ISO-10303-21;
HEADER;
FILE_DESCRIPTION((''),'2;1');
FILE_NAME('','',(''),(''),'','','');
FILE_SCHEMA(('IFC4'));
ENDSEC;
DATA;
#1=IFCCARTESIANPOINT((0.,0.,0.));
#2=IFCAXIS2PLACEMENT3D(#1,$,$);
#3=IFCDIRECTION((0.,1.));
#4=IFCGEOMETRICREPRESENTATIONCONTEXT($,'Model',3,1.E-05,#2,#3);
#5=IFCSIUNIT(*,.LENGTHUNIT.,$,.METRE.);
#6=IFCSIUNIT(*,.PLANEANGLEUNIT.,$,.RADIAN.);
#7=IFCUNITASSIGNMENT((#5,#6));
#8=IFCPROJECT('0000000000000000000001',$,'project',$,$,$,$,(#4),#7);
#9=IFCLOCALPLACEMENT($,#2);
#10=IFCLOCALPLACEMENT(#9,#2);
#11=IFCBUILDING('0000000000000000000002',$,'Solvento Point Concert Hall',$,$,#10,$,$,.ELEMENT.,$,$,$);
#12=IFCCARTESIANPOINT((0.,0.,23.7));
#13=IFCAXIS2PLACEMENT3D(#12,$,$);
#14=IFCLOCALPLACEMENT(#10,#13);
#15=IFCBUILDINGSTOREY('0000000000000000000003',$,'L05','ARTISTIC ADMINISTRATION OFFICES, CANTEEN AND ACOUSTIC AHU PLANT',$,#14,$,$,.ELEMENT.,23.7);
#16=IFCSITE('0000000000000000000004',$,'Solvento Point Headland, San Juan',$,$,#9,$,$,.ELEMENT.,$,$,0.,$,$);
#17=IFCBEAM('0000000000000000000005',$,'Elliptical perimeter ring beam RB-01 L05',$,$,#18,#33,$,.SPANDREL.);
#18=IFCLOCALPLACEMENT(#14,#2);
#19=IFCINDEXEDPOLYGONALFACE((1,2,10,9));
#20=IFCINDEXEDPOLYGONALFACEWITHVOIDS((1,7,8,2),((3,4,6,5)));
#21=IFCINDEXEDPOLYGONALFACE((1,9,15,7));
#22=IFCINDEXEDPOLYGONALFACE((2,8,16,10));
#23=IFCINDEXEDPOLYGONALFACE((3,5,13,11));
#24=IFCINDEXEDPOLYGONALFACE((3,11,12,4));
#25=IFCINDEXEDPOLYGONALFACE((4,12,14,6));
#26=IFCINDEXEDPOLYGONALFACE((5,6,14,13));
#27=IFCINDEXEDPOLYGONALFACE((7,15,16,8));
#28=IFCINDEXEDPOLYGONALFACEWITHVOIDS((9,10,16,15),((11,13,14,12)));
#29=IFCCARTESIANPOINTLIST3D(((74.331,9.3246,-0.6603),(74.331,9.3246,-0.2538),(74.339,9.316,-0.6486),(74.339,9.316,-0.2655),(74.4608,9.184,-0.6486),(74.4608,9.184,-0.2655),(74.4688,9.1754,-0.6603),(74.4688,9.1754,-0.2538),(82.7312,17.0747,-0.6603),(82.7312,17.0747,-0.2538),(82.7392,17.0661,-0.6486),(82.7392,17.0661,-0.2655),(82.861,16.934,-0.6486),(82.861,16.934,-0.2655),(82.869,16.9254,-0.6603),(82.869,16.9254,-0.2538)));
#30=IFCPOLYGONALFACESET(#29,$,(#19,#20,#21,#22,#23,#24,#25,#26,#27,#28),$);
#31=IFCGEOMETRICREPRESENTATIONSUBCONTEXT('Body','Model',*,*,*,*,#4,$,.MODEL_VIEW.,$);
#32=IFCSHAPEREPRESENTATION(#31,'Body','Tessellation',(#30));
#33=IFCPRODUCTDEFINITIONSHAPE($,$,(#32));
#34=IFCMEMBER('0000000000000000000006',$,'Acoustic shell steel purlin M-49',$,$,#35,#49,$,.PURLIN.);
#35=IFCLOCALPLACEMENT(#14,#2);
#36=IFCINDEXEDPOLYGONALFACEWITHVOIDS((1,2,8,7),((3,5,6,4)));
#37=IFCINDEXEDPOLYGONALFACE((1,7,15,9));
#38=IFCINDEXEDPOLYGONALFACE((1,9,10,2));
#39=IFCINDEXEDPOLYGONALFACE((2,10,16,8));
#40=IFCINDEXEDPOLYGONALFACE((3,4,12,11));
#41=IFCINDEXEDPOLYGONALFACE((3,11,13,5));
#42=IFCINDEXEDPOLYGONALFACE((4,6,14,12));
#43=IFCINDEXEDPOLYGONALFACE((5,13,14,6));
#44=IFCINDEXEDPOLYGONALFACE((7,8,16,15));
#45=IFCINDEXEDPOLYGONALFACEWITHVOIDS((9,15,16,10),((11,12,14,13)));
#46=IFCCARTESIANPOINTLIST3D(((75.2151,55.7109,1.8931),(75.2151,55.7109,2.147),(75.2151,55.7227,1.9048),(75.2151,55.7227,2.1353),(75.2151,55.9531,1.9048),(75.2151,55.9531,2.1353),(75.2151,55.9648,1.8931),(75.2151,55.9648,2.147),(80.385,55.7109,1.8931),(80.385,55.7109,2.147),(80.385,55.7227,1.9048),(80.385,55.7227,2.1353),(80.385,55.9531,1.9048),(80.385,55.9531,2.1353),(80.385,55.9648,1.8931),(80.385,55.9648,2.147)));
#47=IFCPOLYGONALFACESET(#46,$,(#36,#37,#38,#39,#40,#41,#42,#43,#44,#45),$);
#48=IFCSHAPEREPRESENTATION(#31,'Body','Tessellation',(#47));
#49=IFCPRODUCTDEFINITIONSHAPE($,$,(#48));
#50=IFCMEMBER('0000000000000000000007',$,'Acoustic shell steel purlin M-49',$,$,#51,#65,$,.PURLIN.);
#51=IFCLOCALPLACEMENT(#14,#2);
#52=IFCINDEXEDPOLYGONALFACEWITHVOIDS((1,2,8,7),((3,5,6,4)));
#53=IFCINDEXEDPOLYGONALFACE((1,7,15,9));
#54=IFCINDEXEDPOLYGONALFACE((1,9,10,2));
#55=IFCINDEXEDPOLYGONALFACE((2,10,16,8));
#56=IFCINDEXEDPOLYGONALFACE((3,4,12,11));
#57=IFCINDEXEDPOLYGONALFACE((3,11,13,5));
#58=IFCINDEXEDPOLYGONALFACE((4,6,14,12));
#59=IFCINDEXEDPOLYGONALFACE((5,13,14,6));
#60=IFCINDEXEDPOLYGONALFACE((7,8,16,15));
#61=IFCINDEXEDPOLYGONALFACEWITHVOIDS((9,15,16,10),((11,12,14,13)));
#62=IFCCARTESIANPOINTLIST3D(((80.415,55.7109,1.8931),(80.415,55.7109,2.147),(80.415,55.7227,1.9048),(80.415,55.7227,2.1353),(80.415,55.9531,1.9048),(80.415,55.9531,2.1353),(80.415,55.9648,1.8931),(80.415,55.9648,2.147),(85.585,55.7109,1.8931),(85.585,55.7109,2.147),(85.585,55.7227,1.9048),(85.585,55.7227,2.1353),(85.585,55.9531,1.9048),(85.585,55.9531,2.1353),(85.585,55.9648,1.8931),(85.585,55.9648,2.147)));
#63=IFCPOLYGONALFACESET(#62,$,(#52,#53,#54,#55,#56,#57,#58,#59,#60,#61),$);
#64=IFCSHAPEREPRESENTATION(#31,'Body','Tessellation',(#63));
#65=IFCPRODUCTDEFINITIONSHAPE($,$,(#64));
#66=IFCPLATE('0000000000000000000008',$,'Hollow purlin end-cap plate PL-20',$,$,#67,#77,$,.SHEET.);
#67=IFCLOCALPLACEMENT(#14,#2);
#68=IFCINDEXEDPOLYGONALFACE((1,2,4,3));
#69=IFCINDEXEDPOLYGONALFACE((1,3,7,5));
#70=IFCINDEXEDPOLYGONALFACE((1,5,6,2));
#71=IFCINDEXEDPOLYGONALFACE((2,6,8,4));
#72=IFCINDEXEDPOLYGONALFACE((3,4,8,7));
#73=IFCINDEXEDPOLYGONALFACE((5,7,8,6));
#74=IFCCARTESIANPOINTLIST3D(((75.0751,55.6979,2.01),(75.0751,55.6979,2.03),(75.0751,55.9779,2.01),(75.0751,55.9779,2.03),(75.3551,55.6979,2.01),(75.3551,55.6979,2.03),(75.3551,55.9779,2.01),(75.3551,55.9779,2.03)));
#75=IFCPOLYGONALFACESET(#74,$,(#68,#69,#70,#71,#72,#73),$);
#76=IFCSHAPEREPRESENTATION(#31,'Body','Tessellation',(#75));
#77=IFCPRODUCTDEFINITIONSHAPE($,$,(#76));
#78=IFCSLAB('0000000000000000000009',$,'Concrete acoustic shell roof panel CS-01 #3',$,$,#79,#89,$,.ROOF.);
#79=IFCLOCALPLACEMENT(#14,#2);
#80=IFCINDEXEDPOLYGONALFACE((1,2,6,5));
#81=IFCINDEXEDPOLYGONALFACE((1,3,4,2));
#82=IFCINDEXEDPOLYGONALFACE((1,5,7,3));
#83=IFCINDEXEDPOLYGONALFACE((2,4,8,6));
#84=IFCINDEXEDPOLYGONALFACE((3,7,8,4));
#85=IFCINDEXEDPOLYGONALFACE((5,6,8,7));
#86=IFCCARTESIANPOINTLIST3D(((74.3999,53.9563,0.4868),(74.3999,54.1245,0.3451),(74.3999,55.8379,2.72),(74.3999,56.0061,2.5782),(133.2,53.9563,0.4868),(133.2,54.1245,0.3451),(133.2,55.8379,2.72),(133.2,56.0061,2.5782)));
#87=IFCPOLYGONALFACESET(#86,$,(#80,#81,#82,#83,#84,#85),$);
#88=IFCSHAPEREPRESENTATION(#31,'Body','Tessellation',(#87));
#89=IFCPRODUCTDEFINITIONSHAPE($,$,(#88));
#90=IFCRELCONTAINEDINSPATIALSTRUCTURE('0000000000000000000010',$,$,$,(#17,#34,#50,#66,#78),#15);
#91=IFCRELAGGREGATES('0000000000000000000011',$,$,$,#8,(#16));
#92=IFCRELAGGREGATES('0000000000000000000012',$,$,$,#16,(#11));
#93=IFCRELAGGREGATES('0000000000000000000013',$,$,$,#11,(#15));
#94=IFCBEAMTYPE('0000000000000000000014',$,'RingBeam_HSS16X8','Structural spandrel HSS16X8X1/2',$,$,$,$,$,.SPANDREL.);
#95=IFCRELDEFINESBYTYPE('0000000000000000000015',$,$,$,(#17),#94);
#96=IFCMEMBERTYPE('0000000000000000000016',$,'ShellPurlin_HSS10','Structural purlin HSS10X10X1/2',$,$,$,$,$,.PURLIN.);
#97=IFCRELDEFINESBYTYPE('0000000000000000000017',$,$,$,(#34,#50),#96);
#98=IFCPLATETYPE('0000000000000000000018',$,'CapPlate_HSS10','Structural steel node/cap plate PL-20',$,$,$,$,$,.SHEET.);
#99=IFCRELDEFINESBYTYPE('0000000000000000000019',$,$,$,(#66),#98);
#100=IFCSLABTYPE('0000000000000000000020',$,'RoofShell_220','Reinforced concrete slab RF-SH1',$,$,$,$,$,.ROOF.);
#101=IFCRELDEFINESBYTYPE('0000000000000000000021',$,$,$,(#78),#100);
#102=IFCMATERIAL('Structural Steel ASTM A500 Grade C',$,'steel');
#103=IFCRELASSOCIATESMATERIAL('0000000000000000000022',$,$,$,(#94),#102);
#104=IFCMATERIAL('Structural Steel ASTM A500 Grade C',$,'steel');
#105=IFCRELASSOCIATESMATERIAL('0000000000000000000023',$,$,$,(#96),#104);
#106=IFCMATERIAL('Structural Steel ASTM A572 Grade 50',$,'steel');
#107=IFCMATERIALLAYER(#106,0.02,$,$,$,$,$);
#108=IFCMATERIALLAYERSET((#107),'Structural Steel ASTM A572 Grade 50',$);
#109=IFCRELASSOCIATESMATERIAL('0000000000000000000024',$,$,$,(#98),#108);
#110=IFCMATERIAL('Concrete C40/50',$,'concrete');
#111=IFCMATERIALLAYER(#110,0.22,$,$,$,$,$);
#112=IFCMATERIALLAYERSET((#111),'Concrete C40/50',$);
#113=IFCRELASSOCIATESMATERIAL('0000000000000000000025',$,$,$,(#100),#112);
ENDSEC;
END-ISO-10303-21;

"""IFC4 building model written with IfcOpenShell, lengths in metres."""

from ifc_helpers import new_model, si_unit, direction, frame, origin, origin_2d, place, context, subcontext, project, spatial, polyline, rectangle, hollow_rectangle, outline, extrude, material, layer, layer_set, material_profile, profile_set, type_object, element, save


model = new_model("IFC4")

# Units and contexts
model_context = context("Model", 3, precision=1e-05, world=origin(), true_north=direction((0.0, 1.0)))
body_context = subcontext(model_context, "Body", "Model", "MODEL_VIEW")
ifc_project = project(units=[si_unit("LENGTHUNIT", "METRE"), si_unit("PLANEANGLEUNIT", "RADIAN")], contexts=[model_context])

# Site, building, storey
site_placement = place(None, origin())
site = spatial("IfcSite", under=ifc_project, at=site_placement, Name="Solvento Point Headland, San Juan", CompositionType="ELEMENT", RefElevation=0.0)
building_placement = place(site_placement, origin())
building = spatial("IfcBuilding", under=site, at=building_placement, Name="Solvento Point Concert Hall", CompositionType="ELEMENT")
storey_placement = place(building_placement, frame((0.0, 0.0, 23.7)))
storey = spatial("IfcBuildingStorey", under=building, at=storey_placement, Name="L05", Description="ARTISTIC ADMINISTRATION OFFICES, CANTEEN AND ACOUSTIC AHU PLANT", CompositionType="ELEMENT", Elevation=23.7)

# Beam
ifc_material_1 = material(Name="Structural Steel ASTM A500 Grade C", Category="steel")
ifc_material_profile_1 = material_profile(ifc_material_1, hollow_rectangle(XDim=0.2031, YDim=0.4065, WallThickness=0.0117, at=origin_2d()), Name="HSS16X8X1/2")
ifc_profile_set_1 = profile_set([ifc_material_profile_1], Name="Structural Steel ASTM A500 Grade C")
beam_type_1 = type_object("IfcBeamType", Name="RingBeam_HSS16X8", Description="Structural spandrel HSS16X8X1/2", PredefinedType="SPANDREL", material=ifc_profile_set_1)
beam_1_placement = place(storey_placement, frame((74.3999, 9.25, -0.457), z_axis=(0.734977, 0.678092, 0.0), x_axis=(-0.678092, 0.734977, 0.0)))
element("IfcBeam", 1, at=beam_1_placement, inside=storey, type_object=beam_type_1, Name="Elliptical perimeter ring beam RB-01 L05", PredefinedType="SPANDREL", context=body_context, shape_type="SweptSolid", body=[
    extrude(hollow_rectangle(XDim=0.2031, YDim=0.4065, WallThickness=0.0117, at=origin_2d()), origin(), (0.0, 0.0, 1.0), 11.4292),
])

# Members
ifc_material_2 = material(Name="Structural Steel ASTM A500 Grade C", Category="steel")
ifc_material_profile_2 = material_profile(ifc_material_2, hollow_rectangle(XDim=0.2539, YDim=0.2539, WallThickness=0.0117, at=origin_2d()), Name="HSS10X10X1/2")
ifc_profile_set_2 = profile_set([ifc_material_profile_2], Name="Structural Steel ASTM A500 Grade C")
member_type = type_object("IfcMemberType", Name="ShellPurlin_HSS10", Description="Structural purlin HSS10X10X1/2", PredefinedType="PURLIN", material=ifc_profile_set_2)
for number, where, z_axis, x_axis, name in (
    (2, (75.2151, 55.8379, 2.02), (1.0, 0.0, 0.0), (0.0, 1.0, 0.0), "Acoustic shell steel purlin M-49"),
    (3, (80.415, 55.8379, 2.02), (1.0, 0.0, 0.0), (0.0, 1.0, 0.0), "Acoustic shell steel purlin M-49"),
):
    element("IfcMember", number, at=place(storey_placement, frame(where, z_axis=z_axis, x_axis=x_axis)), inside=storey, type_object=member_type, Name=name, PredefinedType="PURLIN", context=body_context, shape_type="SweptSolid", body=[
        extrude(hollow_rectangle(XDim=0.2539, YDim=0.2539, WallThickness=0.0117, at=origin_2d()), origin(), (0.0, 0.0, 1.0), 5.1699),
    ])

# Plate
ifc_material_3 = material(Name="Structural Steel ASTM A572 Grade 50", Category="steel")
ifc_layer_1 = layer(ifc_material_3, 0.02)
ifc_layer_set_1 = layer_set([ifc_layer_1], Name="Structural Steel ASTM A572 Grade 50")
plate_type = type_object("IfcPlateType", Name="CapPlate_HSS10", Description="Structural steel node/cap plate PL-20", PredefinedType="SHEET", material=ifc_layer_set_1)
plate_placement = place(storey_placement, frame((75.2151, 55.8379, 2.01), z_axis=(0.0, 0.0, 1.0), x_axis=(0.0, 1.0, 0.0)))
element("IfcPlate", 4, at=plate_placement, inside=storey, type_object=plate_type, Name="Hollow purlin end-cap plate PL-20", PredefinedType="SHEET", context=body_context, shape_type="SweptSolid", body=[
    extrude(rectangle(XDim=0.28, YDim=0.28, at=origin_2d()), origin(), (0.0, 0.0, 1.0), 0.02),
])

# Slab
ifc_material_4 = material(Name="Concrete C40/50", Category="concrete")
ifc_layer_2 = layer(ifc_material_4, 0.22)
ifc_layer_set_2 = layer_set([ifc_layer_2], Name="Concrete C40/50")
slab_type = type_object("IfcSlabType", Name="RoofShell_220", Description="Reinforced concrete slab RF-SH1", PredefinedType="ROOF", material=ifc_layer_set_2)
slab_placement = place(storey_placement, frame((74.3999, 53.9563, 0.4868), z_axis=(0.0, -0.764736, 0.644344), x_axis=(1.0, 0.0, 0.0)))
element("IfcSlab", 5, at=slab_placement, inside=storey, type_object=slab_type, Name="Concrete acoustic shell roof panel CS-01 #3", PredefinedType="ROOF", context=body_context, shape_type="SweptSolid", body=[
    extrude(outline(polyline([(0.0, 0.0), (58.8, 0.0), (58.8, 2.9202), (0.0, 2.9202), (0.0, 0.0)])), origin(), (0.0, 0.0, -1.0), 0.22),
])

save(model, "model.ifc")
